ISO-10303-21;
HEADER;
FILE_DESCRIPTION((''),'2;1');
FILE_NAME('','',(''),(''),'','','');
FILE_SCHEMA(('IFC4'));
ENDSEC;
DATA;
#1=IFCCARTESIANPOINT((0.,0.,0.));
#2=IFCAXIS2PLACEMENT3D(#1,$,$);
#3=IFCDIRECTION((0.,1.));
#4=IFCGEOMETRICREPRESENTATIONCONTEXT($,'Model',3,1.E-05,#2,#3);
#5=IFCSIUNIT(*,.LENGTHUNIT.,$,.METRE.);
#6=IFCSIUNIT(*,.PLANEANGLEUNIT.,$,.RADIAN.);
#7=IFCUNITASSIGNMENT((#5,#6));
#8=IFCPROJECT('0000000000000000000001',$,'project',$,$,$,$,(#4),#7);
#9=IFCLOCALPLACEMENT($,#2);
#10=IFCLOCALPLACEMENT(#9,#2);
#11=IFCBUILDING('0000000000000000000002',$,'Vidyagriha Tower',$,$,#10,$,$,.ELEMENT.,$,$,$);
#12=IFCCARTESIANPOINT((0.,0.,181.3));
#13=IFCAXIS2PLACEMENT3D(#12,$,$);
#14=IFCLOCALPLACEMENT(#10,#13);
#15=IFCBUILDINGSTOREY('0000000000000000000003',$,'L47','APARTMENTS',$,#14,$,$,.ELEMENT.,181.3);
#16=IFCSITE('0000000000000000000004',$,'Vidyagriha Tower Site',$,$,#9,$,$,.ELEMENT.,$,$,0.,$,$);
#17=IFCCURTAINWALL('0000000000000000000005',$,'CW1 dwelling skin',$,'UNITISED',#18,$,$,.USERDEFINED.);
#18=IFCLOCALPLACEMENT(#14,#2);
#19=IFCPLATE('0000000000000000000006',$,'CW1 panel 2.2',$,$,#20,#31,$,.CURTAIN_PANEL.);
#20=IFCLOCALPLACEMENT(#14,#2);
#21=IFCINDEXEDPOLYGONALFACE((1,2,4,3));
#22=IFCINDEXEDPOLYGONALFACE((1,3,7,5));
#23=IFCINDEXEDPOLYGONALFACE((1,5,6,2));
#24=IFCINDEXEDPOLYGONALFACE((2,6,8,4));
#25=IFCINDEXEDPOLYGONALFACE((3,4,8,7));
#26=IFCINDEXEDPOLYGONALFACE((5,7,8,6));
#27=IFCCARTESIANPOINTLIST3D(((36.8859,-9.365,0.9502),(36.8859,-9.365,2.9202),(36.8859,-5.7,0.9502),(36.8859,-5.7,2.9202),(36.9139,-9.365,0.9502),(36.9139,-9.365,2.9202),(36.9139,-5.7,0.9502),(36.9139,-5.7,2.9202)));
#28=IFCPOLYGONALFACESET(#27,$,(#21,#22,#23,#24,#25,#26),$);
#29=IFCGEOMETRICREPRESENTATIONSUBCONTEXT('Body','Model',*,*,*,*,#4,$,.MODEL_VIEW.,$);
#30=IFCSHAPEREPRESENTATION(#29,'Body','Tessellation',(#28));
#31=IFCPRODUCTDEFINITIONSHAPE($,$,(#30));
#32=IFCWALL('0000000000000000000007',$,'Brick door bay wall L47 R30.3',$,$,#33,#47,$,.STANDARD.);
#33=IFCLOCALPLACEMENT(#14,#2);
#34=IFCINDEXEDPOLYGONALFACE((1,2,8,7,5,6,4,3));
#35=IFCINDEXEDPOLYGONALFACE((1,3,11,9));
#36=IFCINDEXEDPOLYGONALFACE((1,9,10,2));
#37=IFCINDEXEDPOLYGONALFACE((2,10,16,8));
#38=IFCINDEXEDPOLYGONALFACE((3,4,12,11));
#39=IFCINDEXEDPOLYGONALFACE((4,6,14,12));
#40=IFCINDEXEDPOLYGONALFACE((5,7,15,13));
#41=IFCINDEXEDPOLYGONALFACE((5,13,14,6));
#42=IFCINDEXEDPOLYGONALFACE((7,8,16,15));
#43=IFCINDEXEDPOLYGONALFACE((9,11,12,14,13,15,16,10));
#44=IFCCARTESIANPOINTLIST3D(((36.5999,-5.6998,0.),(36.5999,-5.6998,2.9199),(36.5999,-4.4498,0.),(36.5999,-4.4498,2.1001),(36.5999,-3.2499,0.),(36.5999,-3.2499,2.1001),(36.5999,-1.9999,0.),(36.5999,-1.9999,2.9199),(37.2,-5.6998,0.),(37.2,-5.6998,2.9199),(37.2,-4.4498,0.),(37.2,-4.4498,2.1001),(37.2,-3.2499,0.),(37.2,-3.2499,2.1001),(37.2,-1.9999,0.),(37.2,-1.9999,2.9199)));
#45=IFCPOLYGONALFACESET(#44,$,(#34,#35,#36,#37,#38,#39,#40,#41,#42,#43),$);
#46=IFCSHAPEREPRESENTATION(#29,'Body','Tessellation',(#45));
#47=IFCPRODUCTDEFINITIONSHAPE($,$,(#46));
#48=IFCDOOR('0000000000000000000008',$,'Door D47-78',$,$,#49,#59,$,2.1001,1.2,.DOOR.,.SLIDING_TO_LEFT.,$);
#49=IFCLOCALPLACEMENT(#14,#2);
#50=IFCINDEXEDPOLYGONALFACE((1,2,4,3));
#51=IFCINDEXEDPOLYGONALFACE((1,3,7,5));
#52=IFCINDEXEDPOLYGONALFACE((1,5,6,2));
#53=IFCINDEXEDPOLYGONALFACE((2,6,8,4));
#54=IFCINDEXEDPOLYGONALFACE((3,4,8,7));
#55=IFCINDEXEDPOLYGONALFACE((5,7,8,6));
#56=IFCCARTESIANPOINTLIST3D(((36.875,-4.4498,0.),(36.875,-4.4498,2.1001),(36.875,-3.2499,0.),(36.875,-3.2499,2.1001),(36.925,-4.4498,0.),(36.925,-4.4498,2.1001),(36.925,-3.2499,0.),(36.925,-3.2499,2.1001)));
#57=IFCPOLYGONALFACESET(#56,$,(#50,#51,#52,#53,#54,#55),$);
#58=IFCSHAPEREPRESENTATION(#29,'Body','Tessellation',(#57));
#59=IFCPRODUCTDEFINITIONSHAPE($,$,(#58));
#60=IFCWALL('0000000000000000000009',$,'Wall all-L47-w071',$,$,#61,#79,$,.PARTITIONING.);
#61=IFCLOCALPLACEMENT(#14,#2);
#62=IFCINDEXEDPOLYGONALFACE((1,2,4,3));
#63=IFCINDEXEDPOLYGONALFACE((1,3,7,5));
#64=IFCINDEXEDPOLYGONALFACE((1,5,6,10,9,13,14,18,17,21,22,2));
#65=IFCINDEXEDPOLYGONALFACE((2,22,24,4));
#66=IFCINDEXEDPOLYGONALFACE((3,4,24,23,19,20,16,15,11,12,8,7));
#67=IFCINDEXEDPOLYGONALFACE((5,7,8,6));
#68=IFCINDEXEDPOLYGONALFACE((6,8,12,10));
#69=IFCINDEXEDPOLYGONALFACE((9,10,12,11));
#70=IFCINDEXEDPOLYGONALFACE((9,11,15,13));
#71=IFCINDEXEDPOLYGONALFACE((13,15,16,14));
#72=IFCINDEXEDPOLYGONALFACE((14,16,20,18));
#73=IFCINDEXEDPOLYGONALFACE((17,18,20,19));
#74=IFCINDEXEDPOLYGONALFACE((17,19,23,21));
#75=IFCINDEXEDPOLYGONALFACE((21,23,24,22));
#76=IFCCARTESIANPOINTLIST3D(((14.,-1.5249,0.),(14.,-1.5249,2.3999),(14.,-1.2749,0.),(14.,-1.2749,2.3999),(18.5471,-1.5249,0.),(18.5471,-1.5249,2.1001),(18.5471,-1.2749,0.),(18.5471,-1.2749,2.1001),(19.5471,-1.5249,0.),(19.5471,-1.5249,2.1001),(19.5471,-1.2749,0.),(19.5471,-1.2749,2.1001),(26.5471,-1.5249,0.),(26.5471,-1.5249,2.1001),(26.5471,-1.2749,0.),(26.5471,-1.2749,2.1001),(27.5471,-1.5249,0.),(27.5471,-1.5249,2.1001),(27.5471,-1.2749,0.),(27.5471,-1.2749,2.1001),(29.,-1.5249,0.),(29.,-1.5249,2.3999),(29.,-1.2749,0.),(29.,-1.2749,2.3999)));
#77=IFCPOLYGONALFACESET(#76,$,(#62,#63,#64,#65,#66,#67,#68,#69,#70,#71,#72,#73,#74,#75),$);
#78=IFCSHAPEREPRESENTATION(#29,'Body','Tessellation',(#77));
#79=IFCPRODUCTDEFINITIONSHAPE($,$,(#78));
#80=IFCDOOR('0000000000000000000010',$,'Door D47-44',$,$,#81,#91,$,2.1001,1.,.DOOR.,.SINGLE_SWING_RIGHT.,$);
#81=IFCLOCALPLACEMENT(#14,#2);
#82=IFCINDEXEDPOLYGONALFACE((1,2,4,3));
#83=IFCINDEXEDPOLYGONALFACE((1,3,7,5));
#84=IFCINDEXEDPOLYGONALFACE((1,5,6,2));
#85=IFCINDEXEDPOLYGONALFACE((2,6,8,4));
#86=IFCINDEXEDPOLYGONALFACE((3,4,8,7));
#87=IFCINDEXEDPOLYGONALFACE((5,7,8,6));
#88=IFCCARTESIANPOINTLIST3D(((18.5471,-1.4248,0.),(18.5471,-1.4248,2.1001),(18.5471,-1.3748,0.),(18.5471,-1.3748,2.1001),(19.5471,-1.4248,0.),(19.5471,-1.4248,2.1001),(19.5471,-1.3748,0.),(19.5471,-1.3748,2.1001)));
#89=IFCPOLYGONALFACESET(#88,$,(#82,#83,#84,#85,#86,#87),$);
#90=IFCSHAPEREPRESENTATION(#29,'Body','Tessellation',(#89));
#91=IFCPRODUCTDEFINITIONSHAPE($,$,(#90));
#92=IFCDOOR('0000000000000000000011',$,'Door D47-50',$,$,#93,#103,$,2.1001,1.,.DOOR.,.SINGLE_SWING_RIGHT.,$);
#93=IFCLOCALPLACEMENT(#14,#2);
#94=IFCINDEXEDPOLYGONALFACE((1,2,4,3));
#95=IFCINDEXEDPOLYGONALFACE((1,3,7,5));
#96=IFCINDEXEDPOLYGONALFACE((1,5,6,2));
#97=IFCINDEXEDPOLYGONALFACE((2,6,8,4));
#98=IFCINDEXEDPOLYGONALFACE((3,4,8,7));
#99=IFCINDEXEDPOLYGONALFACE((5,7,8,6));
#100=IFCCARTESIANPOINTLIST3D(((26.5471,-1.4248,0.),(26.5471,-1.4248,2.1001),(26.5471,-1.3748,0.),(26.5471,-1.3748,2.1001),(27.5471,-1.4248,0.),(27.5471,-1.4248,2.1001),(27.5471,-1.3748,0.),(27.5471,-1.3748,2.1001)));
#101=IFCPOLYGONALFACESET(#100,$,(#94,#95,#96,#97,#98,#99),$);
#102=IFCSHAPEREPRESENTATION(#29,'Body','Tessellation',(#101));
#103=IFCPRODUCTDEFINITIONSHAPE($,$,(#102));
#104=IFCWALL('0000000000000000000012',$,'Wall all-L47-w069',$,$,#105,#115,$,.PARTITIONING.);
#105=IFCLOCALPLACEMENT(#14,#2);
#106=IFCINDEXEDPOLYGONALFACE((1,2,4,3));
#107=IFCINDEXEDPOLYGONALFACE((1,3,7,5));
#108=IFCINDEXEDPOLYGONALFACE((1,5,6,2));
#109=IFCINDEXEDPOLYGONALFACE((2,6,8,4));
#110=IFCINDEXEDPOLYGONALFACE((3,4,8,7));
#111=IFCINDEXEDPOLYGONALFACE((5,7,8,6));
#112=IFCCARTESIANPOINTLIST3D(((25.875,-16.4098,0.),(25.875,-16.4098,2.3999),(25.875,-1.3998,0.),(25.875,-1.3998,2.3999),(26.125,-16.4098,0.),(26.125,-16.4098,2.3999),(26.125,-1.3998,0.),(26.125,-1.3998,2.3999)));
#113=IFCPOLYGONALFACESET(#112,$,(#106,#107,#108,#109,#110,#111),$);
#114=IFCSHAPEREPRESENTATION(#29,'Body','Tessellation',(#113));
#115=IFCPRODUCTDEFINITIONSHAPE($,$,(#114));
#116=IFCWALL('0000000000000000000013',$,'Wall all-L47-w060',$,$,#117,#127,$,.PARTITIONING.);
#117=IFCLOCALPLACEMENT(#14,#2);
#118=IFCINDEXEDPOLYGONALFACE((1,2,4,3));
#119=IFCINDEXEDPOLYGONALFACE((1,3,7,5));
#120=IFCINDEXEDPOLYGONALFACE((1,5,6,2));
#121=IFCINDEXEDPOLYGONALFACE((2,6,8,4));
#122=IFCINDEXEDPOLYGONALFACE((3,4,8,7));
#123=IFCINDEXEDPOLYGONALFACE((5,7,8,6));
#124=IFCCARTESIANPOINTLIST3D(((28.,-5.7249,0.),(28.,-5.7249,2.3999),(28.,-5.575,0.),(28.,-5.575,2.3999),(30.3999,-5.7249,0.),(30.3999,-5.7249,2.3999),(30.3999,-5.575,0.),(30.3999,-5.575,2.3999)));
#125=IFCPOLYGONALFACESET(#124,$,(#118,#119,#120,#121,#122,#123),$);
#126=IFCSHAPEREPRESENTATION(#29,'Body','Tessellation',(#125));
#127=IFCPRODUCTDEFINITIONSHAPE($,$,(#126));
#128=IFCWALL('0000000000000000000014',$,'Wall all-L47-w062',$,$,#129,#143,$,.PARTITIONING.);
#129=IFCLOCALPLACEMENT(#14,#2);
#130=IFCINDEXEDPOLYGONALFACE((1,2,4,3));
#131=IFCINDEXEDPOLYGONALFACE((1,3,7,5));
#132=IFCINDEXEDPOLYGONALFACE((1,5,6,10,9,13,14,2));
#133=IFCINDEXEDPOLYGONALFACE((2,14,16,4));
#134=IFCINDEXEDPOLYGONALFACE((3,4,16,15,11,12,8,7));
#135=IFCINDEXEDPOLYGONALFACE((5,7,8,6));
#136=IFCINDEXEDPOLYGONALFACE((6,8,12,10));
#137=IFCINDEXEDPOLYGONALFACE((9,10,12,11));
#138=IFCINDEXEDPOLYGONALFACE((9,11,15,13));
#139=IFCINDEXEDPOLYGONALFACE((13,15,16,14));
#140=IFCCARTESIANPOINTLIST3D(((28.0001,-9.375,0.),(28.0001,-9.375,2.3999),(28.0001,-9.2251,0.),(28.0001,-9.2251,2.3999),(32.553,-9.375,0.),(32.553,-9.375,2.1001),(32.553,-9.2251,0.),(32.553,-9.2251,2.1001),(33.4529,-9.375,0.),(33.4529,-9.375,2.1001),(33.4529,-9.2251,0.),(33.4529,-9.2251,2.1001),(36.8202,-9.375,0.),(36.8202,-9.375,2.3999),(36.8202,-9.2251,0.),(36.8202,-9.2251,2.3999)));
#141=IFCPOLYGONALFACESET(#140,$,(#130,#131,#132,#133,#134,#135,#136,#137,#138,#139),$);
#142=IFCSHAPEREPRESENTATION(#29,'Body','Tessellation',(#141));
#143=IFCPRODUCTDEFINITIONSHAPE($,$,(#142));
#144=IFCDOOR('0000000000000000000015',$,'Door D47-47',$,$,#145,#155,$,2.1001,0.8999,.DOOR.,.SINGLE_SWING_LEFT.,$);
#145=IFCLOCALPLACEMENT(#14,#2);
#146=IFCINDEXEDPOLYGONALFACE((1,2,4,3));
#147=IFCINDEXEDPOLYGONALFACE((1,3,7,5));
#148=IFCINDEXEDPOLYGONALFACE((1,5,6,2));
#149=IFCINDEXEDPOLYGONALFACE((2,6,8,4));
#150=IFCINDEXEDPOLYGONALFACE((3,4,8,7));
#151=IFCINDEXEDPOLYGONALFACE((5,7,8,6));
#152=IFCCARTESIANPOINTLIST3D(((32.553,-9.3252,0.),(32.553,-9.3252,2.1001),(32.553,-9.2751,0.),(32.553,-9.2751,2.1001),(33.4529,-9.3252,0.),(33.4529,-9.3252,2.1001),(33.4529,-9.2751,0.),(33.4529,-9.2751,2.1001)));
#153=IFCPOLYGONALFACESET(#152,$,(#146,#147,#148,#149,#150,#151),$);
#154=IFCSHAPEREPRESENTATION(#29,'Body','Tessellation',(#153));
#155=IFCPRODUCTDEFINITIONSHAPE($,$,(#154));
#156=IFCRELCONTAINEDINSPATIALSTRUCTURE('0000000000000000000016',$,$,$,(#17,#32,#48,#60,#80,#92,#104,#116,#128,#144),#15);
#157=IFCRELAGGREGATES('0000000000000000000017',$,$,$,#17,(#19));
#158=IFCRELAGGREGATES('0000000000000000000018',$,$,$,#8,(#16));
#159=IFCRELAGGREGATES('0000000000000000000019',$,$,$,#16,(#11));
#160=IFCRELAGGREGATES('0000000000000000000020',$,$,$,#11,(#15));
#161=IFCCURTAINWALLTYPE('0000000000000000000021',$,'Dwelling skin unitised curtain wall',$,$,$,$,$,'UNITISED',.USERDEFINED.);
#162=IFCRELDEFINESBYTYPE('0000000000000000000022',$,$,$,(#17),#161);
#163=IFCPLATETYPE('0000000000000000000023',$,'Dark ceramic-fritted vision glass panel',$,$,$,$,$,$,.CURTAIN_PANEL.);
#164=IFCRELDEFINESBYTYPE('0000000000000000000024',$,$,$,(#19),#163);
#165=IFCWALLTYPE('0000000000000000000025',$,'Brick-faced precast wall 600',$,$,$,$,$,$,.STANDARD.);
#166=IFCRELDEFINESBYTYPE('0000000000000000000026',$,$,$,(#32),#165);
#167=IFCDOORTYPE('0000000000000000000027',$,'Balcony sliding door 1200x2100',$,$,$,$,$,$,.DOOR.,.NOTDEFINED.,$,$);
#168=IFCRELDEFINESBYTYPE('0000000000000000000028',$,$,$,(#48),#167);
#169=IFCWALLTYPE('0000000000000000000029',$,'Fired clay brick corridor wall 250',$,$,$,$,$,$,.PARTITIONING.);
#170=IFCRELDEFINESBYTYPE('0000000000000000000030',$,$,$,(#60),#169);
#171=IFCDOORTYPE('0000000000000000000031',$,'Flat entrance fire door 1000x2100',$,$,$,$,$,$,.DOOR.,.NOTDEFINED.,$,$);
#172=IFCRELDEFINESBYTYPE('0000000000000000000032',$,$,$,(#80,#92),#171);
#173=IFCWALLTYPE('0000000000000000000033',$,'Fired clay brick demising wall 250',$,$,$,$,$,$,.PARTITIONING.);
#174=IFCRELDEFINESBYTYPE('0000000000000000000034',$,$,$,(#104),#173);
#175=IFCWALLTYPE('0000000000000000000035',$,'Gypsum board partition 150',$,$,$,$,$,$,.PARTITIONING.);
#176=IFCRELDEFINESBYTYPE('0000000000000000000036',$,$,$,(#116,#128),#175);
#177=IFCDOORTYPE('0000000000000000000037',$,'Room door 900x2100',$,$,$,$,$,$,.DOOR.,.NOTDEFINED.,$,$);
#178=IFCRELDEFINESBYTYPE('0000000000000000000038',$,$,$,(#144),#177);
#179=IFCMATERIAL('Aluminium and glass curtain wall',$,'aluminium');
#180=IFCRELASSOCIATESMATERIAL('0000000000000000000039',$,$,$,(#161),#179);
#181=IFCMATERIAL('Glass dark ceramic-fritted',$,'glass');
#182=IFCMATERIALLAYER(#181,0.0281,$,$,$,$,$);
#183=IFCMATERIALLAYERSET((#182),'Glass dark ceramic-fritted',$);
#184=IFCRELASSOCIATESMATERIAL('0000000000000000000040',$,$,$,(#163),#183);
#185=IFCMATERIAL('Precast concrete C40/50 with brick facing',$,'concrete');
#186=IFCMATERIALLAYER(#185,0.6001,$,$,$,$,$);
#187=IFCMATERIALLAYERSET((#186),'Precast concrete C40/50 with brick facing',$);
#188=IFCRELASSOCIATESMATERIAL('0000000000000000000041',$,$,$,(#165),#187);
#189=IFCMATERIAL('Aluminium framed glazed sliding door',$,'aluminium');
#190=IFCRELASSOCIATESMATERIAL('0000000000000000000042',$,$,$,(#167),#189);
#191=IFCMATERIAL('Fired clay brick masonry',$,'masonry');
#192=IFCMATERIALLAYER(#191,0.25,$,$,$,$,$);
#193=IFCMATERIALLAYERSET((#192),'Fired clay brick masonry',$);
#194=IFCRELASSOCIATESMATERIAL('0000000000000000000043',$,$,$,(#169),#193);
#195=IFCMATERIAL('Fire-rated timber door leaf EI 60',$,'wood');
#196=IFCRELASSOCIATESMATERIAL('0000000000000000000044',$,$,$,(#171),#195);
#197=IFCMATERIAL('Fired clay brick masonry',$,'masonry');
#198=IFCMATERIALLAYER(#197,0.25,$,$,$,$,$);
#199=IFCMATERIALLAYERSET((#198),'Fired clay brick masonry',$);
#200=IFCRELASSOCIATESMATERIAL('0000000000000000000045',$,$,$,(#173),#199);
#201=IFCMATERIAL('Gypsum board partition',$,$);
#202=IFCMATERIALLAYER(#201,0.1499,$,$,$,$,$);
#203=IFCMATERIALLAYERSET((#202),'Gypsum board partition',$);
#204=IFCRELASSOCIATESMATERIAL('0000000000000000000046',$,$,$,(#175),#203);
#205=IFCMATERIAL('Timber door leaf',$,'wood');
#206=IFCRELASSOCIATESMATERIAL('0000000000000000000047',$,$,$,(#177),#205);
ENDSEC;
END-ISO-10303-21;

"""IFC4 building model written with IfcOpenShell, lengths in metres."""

from ifc_helpers import new_model, si_unit, direction, frame, frame_2d, origin, origin_2d, place, context, subcontext, project, spatial, rectangle, extrude, material, layer, layer_set, type_object, element, fill, aggregate, save


model = new_model("IFC4")

# Units and contexts
model_context = context("Model", 3, precision=1e-05, world=origin(), true_north=direction((0.0, 1.0)))
body_context = subcontext(model_context, "Body", "Model", "MODEL_VIEW")
ifc_project = project(units=[si_unit("LENGTHUNIT", "METRE"), si_unit("PLANEANGLEUNIT", "RADIAN")], contexts=[model_context])

# Site, building, storey
site_placement = place(None, origin())
site = spatial("IfcSite", under=ifc_project, at=site_placement, Name="Vidyagriha Tower Site", CompositionType="ELEMENT", RefElevation=0.0)
building_placement = place(site_placement, origin())
building = spatial("IfcBuilding", under=site, at=building_placement, Name="Vidyagriha Tower", CompositionType="ELEMENT")
storey_placement = place(building_placement, frame((0.0, 0.0, 181.3)))
storey = spatial("IfcBuildingStorey", under=building, at=storey_placement, Name="L47", Description="APARTMENTS", CompositionType="ELEMENT", Elevation=181.3)

# Curtain wall
ifc_material_1 = material(Name="Aluminium and glass curtain wall", Category="aluminium")
curtain_wall_type = type_object("IfcCurtainWallType", Name="Dwelling skin unitised curtain wall", ElementType="UNITISED", PredefinedType="USERDEFINED", material=ifc_material_1)
curtain_wall_1_placement = place(storey_placement, origin())
curtain_wall_1 = element("IfcCurtainWall", 1, at=curtain_wall_1_placement, inside=storey, type_object=curtain_wall_type, Name="CW1 dwelling skin", ObjectType="UNITISED", PredefinedType="USERDEFINED")

# Plate
ifc_material_2 = material(Name="Glass dark ceramic-fritted", Category="glass")
ifc_layer_1 = layer(ifc_material_2, 0.0281)
ifc_layer_set_1 = layer_set([ifc_layer_1], Name="Glass dark ceramic-fritted")
plate_type_1 = type_object("IfcPlateType", Name="Dark ceramic-fritted vision glass panel", PredefinedType="CURTAIN_PANEL", material=ifc_layer_set_1)
plate_1_placement = place(storey_placement, frame((36.8999, -7.5325, 0.9502), z_axis=(0.0, 0.0, 1.0), x_axis=(0.0, 1.0, 0.0)))
plate_1 = element("IfcPlate", 2, at=plate_1_placement, type_object=plate_type_1, Name="CW1 panel 2.2", PredefinedType="CURTAIN_PANEL", context=body_context, shape_type="SweptSolid", body=[
    extrude(rectangle(XDim=3.665, YDim=0.0281, at=origin_2d()), origin(), (0.0, 0.0, 1.0), 1.97),
])
aggregate(curtain_wall_1, [plate_1])

# Wall, opening, door
ifc_material_3 = material(Name="Precast concrete C40/50 with brick facing", Category="concrete")
ifc_layer_2 = layer(ifc_material_3, 0.6001)
ifc_layer_set_2 = layer_set([ifc_layer_2], Name="Precast concrete C40/50 with brick facing")
wall_type_1 = type_object("IfcWallType", Name="Brick-faced precast wall 600", PredefinedType="STANDARD", material=ifc_layer_set_2)
wall_1_placement = place(storey_placement, frame((36.8999, -5.7, 0.0), z_axis=(0.0, 0.0, 1.0), x_axis=(0.0, 1.0, 0.0)))
wall_1 = element("IfcWall", 3, at=wall_1_placement, inside=storey, type_object=wall_type_1, Name="Brick door bay wall L47 R30.3", PredefinedType="STANDARD", context=body_context, shape_type="SweptSolid", body=[
    extrude(rectangle(XDim=3.7, YDim=0.6001, at=frame_2d((1.8501, 0.0))), origin(), (0.0, 0.0, 1.0), 2.9199),
])
opening_1_placement = place(wall_1_placement, frame((1.25, 0.0, 0.0)))
opening_1 = element("IfcOpeningElement", 4, at=opening_1_placement, cuts=wall_1, PredefinedType="OPENING", context=body_context, shape_type="SweptSolid", body=[
    extrude(rectangle(XDim=1.2, YDim=2.1001, at=frame_2d((0.6001, 1.05))), frame((0.0, 0.3101, 0.0), z_axis=(0.0, -1.0, 0.0), x_axis=(1.0, 0.0, 0.0)), (0.0, 0.0, 1.0), 0.6201),
])
ifc_material_4 = material(Name="Aluminium framed glazed sliding door", Category="aluminium")
door_type_1 = type_object("IfcDoorType", Name="Balcony sliding door 1200x2100", OperationType="NOTDEFINED", PredefinedType="DOOR", material=ifc_material_4)
door_1_placement = place(opening_1_placement, origin())
door_1 = element("IfcDoor", 5, at=door_1_placement, inside=storey, type_object=door_type_1, Name="Door D47-78", OperationType="SLIDING_TO_LEFT", OverallHeight=2.1001, OverallWidth=1.2, PredefinedType="DOOR", context=body_context, shape_type="SweptSolid", body=[
    extrude(rectangle(XDim=1.2, YDim=2.1001, at=frame_2d((0.6001, 1.05))), frame((0.0, 0.0249, 0.0), z_axis=(0.0, -1.0, 0.0), x_axis=(1.0, 0.0, 0.0)), (0.0, 0.0, 1.0), 0.05),
])
fill(opening_1, door_1)

# Wall, openings, doors
ifc_material_5 = material(Name="Fired clay brick masonry", Category="masonry")
ifc_layer_3 = layer(ifc_material_5, 0.25)
ifc_layer_set_3 = layer_set([ifc_layer_3], Name="Fired clay brick masonry")
wall_type_2 = type_object("IfcWallType", Name="Fired clay brick corridor wall 250", PredefinedType="PARTITIONING", material=ifc_layer_set_3)
wall_2_placement = place(storey_placement, frame((29.0, -1.3999, 0.0), z_axis=(0.0, 0.0, 1.0), x_axis=(-1.0, 0.0, 0.0)))
wall_2 = element("IfcWall", 6, at=wall_2_placement, inside=storey, type_object=wall_type_2, Name="Wall all-L47-w071", PredefinedType="PARTITIONING", context=body_context, shape_type="SweptSolid", body=[
    extrude(rectangle(XDim=15.0, YDim=0.25, at=frame_2d((7.5, 0.0))), origin(), (0.0, 0.0, 1.0), 2.3999),
])
opening_2_placement = place(wall_2_placement, frame((9.4529, 0.0, 0.0)))
opening_2 = element("IfcOpeningElement", 7, at=opening_2_placement, cuts=wall_2, PredefinedType="OPENING", context=body_context, shape_type="SweptSolid", body=[
    extrude(rectangle(XDim=1.0, YDim=2.1001, at=frame_2d((0.5, 1.05))), frame((0.0, 0.135, 0.0), z_axis=(0.0, -1.0, 0.0), x_axis=(1.0, 0.0, 0.0)), (0.0, 0.0, 1.0), 0.27),
])
opening_3_placement = place(wall_2_placement, frame((1.4529, 0.0, 0.0)))
opening_3 = element("IfcOpeningElement", 8, at=opening_3_placement, cuts=wall_2, PredefinedType="OPENING", context=body_context, shape_type="SweptSolid", body=[
    extrude(rectangle(XDim=1.0, YDim=2.1001, at=frame_2d((0.5, 1.05))), frame((0.0, 0.135, 0.0), z_axis=(0.0, -1.0, 0.0), x_axis=(1.0, 0.0, 0.0)), (0.0, 0.0, 1.0), 0.27),
])
ifc_material_6 = material(Name="Fire-rated timber door leaf EI 60", Category="wood")
door_type_2 = type_object("IfcDoorType", Name="Flat entrance fire door 1000x2100", OperationType="NOTDEFINED", PredefinedType="DOOR", material=ifc_material_6)
door_2_placement = place(opening_2_placement, origin())
door_2 = element("IfcDoor", 9, at=door_2_placement, inside=storey, type_object=door_type_2, Name="Door D47-44", OperationType="SINGLE_SWING_RIGHT", OverallHeight=2.1001, OverallWidth=1.0, PredefinedType="DOOR", context=body_context, shape_type="SweptSolid", body=[
    extrude(rectangle(XDim=1.0, YDim=2.1001, at=frame_2d((0.5, 1.05))), frame((0.0, 0.0249, 0.0), z_axis=(0.0, -1.0, 0.0), x_axis=(1.0, 0.0, 0.0)), (0.0, 0.0, 1.0), 0.05),
])
fill(opening_2, door_2)
door_3_placement = place(opening_3_placement, origin())
door_3 = element("IfcDoor", 10, at=door_3_placement, inside=storey, type_object=door_type_2, Name="Door D47-50", OperationType="SINGLE_SWING_RIGHT", OverallHeight=2.1001, OverallWidth=1.0, PredefinedType="DOOR", context=body_context, shape_type="SweptSolid", body=[
    extrude(rectangle(XDim=1.0, YDim=2.1001, at=frame_2d((0.5, 1.05))), frame((0.0, 0.0249, 0.0), z_axis=(0.0, -1.0, 0.0), x_axis=(1.0, 0.0, 0.0)), (0.0, 0.0, 1.0), 0.05),
])
fill(opening_3, door_3)

# Walls
ifc_material_7 = material(Name="Fired clay brick masonry", Category="masonry")
ifc_layer_4 = layer(ifc_material_7, 0.25)
ifc_layer_set_4 = layer_set([ifc_layer_4], Name="Fired clay brick masonry")
wall_type_3 = type_object("IfcWallType", Name="Fired clay brick demising wall 250", PredefinedType="PARTITIONING", material=ifc_layer_set_4)
wall_3_placement = place(storey_placement, frame((26.0, -1.3999, 0.0), z_axis=(0.0, 0.0, 1.0), x_axis=(0.0, -1.0, 0.0)))
element("IfcWall", 11, at=wall_3_placement, inside=storey, type_object=wall_type_3, Name="Wall all-L47-w069", PredefinedType="PARTITIONING", context=body_context, shape_type="SweptSolid", body=[
    extrude(rectangle(XDim=15.01, YDim=0.25, at=frame_2d((7.5049, 0.0))), origin(), (0.0, 0.0, 1.0), 2.3999),
])
ifc_material_8 = material(Name="Gypsum board partition")
ifc_layer_5 = layer(ifc_material_8, 0.1499)
ifc_layer_set_5 = layer_set([ifc_layer_5], Name="Gypsum board partition")
wall_type_4 = type_object("IfcWallType", Name="Gypsum board partition 150", PredefinedType="PARTITIONING", material=ifc_layer_set_5)
wall_4_placement = place(storey_placement, frame((30.3999, -5.6499, 0.0), z_axis=(0.0, 0.0, 1.0), x_axis=(-1.0, 0.0, 0.0)))
element("IfcWall", 12, at=wall_4_placement, inside=storey, type_object=wall_type_4, Name="Wall all-L47-w060", PredefinedType="PARTITIONING", context=body_context, shape_type="SweptSolid", body=[
    extrude(rectangle(XDim=2.3999, YDim=0.1499, at=frame_2d((1.2, 0.0))), origin(), (0.0, 0.0, 1.0), 2.3999),
])

# Wall, opening, door
wall_5_placement = place(storey_placement, frame((28.0, -9.3, 0.0)))
wall_5 = element("IfcWall", 13, at=wall_5_placement, inside=storey, type_object=wall_type_4, Name="Wall all-L47-w062", PredefinedType="PARTITIONING", context=body_context, shape_type="SweptSolid", body=[
    extrude(rectangle(XDim=8.8201, YDim=0.1499, at=frame_2d((4.4102, 0.0))), origin(), (0.0, 0.0, 1.0), 2.3999),
])
opening_4_placement = place(wall_5_placement, frame((4.553, 0.0, 0.0)))
opening_4 = element("IfcOpeningElement", 14, at=opening_4_placement, cuts=wall_5, PredefinedType="OPENING", context=body_context, shape_type="SweptSolid", body=[
    extrude(rectangle(XDim=0.8999, YDim=2.1001, at=frame_2d((0.45, 1.05))), frame((0.0, 0.085, 0.0), z_axis=(0.0, -1.0, 0.0), x_axis=(1.0, 0.0, 0.0)), (0.0, 0.0, 1.0), 0.1699),
])
ifc_material_9 = material(Name="Timber door leaf", Category="wood")
door_type_3 = type_object("IfcDoorType", Name="Room door 900x2100", OperationType="NOTDEFINED", PredefinedType="DOOR", material=ifc_material_9)
door_4_placement = place(opening_4_placement, origin())
door_4 = element("IfcDoor", 15, at=door_4_placement, inside=storey, type_object=door_type_3, Name="Door D47-47", OperationType="SINGLE_SWING_LEFT", OverallHeight=2.1001, OverallWidth=0.8999, PredefinedType="DOOR", context=body_context, shape_type="SweptSolid", body=[
    extrude(rectangle(XDim=0.8999, YDim=2.1001, at=frame_2d((0.45, 1.05))), frame((0.0, 0.0249, 0.0), z_axis=(0.0, -1.0, 0.0), x_axis=(1.0, 0.0, 0.0)), (0.0, 0.0, 1.0), 0.05),
])
fill(opening_4, door_4)

save(model, "model.ifc")
